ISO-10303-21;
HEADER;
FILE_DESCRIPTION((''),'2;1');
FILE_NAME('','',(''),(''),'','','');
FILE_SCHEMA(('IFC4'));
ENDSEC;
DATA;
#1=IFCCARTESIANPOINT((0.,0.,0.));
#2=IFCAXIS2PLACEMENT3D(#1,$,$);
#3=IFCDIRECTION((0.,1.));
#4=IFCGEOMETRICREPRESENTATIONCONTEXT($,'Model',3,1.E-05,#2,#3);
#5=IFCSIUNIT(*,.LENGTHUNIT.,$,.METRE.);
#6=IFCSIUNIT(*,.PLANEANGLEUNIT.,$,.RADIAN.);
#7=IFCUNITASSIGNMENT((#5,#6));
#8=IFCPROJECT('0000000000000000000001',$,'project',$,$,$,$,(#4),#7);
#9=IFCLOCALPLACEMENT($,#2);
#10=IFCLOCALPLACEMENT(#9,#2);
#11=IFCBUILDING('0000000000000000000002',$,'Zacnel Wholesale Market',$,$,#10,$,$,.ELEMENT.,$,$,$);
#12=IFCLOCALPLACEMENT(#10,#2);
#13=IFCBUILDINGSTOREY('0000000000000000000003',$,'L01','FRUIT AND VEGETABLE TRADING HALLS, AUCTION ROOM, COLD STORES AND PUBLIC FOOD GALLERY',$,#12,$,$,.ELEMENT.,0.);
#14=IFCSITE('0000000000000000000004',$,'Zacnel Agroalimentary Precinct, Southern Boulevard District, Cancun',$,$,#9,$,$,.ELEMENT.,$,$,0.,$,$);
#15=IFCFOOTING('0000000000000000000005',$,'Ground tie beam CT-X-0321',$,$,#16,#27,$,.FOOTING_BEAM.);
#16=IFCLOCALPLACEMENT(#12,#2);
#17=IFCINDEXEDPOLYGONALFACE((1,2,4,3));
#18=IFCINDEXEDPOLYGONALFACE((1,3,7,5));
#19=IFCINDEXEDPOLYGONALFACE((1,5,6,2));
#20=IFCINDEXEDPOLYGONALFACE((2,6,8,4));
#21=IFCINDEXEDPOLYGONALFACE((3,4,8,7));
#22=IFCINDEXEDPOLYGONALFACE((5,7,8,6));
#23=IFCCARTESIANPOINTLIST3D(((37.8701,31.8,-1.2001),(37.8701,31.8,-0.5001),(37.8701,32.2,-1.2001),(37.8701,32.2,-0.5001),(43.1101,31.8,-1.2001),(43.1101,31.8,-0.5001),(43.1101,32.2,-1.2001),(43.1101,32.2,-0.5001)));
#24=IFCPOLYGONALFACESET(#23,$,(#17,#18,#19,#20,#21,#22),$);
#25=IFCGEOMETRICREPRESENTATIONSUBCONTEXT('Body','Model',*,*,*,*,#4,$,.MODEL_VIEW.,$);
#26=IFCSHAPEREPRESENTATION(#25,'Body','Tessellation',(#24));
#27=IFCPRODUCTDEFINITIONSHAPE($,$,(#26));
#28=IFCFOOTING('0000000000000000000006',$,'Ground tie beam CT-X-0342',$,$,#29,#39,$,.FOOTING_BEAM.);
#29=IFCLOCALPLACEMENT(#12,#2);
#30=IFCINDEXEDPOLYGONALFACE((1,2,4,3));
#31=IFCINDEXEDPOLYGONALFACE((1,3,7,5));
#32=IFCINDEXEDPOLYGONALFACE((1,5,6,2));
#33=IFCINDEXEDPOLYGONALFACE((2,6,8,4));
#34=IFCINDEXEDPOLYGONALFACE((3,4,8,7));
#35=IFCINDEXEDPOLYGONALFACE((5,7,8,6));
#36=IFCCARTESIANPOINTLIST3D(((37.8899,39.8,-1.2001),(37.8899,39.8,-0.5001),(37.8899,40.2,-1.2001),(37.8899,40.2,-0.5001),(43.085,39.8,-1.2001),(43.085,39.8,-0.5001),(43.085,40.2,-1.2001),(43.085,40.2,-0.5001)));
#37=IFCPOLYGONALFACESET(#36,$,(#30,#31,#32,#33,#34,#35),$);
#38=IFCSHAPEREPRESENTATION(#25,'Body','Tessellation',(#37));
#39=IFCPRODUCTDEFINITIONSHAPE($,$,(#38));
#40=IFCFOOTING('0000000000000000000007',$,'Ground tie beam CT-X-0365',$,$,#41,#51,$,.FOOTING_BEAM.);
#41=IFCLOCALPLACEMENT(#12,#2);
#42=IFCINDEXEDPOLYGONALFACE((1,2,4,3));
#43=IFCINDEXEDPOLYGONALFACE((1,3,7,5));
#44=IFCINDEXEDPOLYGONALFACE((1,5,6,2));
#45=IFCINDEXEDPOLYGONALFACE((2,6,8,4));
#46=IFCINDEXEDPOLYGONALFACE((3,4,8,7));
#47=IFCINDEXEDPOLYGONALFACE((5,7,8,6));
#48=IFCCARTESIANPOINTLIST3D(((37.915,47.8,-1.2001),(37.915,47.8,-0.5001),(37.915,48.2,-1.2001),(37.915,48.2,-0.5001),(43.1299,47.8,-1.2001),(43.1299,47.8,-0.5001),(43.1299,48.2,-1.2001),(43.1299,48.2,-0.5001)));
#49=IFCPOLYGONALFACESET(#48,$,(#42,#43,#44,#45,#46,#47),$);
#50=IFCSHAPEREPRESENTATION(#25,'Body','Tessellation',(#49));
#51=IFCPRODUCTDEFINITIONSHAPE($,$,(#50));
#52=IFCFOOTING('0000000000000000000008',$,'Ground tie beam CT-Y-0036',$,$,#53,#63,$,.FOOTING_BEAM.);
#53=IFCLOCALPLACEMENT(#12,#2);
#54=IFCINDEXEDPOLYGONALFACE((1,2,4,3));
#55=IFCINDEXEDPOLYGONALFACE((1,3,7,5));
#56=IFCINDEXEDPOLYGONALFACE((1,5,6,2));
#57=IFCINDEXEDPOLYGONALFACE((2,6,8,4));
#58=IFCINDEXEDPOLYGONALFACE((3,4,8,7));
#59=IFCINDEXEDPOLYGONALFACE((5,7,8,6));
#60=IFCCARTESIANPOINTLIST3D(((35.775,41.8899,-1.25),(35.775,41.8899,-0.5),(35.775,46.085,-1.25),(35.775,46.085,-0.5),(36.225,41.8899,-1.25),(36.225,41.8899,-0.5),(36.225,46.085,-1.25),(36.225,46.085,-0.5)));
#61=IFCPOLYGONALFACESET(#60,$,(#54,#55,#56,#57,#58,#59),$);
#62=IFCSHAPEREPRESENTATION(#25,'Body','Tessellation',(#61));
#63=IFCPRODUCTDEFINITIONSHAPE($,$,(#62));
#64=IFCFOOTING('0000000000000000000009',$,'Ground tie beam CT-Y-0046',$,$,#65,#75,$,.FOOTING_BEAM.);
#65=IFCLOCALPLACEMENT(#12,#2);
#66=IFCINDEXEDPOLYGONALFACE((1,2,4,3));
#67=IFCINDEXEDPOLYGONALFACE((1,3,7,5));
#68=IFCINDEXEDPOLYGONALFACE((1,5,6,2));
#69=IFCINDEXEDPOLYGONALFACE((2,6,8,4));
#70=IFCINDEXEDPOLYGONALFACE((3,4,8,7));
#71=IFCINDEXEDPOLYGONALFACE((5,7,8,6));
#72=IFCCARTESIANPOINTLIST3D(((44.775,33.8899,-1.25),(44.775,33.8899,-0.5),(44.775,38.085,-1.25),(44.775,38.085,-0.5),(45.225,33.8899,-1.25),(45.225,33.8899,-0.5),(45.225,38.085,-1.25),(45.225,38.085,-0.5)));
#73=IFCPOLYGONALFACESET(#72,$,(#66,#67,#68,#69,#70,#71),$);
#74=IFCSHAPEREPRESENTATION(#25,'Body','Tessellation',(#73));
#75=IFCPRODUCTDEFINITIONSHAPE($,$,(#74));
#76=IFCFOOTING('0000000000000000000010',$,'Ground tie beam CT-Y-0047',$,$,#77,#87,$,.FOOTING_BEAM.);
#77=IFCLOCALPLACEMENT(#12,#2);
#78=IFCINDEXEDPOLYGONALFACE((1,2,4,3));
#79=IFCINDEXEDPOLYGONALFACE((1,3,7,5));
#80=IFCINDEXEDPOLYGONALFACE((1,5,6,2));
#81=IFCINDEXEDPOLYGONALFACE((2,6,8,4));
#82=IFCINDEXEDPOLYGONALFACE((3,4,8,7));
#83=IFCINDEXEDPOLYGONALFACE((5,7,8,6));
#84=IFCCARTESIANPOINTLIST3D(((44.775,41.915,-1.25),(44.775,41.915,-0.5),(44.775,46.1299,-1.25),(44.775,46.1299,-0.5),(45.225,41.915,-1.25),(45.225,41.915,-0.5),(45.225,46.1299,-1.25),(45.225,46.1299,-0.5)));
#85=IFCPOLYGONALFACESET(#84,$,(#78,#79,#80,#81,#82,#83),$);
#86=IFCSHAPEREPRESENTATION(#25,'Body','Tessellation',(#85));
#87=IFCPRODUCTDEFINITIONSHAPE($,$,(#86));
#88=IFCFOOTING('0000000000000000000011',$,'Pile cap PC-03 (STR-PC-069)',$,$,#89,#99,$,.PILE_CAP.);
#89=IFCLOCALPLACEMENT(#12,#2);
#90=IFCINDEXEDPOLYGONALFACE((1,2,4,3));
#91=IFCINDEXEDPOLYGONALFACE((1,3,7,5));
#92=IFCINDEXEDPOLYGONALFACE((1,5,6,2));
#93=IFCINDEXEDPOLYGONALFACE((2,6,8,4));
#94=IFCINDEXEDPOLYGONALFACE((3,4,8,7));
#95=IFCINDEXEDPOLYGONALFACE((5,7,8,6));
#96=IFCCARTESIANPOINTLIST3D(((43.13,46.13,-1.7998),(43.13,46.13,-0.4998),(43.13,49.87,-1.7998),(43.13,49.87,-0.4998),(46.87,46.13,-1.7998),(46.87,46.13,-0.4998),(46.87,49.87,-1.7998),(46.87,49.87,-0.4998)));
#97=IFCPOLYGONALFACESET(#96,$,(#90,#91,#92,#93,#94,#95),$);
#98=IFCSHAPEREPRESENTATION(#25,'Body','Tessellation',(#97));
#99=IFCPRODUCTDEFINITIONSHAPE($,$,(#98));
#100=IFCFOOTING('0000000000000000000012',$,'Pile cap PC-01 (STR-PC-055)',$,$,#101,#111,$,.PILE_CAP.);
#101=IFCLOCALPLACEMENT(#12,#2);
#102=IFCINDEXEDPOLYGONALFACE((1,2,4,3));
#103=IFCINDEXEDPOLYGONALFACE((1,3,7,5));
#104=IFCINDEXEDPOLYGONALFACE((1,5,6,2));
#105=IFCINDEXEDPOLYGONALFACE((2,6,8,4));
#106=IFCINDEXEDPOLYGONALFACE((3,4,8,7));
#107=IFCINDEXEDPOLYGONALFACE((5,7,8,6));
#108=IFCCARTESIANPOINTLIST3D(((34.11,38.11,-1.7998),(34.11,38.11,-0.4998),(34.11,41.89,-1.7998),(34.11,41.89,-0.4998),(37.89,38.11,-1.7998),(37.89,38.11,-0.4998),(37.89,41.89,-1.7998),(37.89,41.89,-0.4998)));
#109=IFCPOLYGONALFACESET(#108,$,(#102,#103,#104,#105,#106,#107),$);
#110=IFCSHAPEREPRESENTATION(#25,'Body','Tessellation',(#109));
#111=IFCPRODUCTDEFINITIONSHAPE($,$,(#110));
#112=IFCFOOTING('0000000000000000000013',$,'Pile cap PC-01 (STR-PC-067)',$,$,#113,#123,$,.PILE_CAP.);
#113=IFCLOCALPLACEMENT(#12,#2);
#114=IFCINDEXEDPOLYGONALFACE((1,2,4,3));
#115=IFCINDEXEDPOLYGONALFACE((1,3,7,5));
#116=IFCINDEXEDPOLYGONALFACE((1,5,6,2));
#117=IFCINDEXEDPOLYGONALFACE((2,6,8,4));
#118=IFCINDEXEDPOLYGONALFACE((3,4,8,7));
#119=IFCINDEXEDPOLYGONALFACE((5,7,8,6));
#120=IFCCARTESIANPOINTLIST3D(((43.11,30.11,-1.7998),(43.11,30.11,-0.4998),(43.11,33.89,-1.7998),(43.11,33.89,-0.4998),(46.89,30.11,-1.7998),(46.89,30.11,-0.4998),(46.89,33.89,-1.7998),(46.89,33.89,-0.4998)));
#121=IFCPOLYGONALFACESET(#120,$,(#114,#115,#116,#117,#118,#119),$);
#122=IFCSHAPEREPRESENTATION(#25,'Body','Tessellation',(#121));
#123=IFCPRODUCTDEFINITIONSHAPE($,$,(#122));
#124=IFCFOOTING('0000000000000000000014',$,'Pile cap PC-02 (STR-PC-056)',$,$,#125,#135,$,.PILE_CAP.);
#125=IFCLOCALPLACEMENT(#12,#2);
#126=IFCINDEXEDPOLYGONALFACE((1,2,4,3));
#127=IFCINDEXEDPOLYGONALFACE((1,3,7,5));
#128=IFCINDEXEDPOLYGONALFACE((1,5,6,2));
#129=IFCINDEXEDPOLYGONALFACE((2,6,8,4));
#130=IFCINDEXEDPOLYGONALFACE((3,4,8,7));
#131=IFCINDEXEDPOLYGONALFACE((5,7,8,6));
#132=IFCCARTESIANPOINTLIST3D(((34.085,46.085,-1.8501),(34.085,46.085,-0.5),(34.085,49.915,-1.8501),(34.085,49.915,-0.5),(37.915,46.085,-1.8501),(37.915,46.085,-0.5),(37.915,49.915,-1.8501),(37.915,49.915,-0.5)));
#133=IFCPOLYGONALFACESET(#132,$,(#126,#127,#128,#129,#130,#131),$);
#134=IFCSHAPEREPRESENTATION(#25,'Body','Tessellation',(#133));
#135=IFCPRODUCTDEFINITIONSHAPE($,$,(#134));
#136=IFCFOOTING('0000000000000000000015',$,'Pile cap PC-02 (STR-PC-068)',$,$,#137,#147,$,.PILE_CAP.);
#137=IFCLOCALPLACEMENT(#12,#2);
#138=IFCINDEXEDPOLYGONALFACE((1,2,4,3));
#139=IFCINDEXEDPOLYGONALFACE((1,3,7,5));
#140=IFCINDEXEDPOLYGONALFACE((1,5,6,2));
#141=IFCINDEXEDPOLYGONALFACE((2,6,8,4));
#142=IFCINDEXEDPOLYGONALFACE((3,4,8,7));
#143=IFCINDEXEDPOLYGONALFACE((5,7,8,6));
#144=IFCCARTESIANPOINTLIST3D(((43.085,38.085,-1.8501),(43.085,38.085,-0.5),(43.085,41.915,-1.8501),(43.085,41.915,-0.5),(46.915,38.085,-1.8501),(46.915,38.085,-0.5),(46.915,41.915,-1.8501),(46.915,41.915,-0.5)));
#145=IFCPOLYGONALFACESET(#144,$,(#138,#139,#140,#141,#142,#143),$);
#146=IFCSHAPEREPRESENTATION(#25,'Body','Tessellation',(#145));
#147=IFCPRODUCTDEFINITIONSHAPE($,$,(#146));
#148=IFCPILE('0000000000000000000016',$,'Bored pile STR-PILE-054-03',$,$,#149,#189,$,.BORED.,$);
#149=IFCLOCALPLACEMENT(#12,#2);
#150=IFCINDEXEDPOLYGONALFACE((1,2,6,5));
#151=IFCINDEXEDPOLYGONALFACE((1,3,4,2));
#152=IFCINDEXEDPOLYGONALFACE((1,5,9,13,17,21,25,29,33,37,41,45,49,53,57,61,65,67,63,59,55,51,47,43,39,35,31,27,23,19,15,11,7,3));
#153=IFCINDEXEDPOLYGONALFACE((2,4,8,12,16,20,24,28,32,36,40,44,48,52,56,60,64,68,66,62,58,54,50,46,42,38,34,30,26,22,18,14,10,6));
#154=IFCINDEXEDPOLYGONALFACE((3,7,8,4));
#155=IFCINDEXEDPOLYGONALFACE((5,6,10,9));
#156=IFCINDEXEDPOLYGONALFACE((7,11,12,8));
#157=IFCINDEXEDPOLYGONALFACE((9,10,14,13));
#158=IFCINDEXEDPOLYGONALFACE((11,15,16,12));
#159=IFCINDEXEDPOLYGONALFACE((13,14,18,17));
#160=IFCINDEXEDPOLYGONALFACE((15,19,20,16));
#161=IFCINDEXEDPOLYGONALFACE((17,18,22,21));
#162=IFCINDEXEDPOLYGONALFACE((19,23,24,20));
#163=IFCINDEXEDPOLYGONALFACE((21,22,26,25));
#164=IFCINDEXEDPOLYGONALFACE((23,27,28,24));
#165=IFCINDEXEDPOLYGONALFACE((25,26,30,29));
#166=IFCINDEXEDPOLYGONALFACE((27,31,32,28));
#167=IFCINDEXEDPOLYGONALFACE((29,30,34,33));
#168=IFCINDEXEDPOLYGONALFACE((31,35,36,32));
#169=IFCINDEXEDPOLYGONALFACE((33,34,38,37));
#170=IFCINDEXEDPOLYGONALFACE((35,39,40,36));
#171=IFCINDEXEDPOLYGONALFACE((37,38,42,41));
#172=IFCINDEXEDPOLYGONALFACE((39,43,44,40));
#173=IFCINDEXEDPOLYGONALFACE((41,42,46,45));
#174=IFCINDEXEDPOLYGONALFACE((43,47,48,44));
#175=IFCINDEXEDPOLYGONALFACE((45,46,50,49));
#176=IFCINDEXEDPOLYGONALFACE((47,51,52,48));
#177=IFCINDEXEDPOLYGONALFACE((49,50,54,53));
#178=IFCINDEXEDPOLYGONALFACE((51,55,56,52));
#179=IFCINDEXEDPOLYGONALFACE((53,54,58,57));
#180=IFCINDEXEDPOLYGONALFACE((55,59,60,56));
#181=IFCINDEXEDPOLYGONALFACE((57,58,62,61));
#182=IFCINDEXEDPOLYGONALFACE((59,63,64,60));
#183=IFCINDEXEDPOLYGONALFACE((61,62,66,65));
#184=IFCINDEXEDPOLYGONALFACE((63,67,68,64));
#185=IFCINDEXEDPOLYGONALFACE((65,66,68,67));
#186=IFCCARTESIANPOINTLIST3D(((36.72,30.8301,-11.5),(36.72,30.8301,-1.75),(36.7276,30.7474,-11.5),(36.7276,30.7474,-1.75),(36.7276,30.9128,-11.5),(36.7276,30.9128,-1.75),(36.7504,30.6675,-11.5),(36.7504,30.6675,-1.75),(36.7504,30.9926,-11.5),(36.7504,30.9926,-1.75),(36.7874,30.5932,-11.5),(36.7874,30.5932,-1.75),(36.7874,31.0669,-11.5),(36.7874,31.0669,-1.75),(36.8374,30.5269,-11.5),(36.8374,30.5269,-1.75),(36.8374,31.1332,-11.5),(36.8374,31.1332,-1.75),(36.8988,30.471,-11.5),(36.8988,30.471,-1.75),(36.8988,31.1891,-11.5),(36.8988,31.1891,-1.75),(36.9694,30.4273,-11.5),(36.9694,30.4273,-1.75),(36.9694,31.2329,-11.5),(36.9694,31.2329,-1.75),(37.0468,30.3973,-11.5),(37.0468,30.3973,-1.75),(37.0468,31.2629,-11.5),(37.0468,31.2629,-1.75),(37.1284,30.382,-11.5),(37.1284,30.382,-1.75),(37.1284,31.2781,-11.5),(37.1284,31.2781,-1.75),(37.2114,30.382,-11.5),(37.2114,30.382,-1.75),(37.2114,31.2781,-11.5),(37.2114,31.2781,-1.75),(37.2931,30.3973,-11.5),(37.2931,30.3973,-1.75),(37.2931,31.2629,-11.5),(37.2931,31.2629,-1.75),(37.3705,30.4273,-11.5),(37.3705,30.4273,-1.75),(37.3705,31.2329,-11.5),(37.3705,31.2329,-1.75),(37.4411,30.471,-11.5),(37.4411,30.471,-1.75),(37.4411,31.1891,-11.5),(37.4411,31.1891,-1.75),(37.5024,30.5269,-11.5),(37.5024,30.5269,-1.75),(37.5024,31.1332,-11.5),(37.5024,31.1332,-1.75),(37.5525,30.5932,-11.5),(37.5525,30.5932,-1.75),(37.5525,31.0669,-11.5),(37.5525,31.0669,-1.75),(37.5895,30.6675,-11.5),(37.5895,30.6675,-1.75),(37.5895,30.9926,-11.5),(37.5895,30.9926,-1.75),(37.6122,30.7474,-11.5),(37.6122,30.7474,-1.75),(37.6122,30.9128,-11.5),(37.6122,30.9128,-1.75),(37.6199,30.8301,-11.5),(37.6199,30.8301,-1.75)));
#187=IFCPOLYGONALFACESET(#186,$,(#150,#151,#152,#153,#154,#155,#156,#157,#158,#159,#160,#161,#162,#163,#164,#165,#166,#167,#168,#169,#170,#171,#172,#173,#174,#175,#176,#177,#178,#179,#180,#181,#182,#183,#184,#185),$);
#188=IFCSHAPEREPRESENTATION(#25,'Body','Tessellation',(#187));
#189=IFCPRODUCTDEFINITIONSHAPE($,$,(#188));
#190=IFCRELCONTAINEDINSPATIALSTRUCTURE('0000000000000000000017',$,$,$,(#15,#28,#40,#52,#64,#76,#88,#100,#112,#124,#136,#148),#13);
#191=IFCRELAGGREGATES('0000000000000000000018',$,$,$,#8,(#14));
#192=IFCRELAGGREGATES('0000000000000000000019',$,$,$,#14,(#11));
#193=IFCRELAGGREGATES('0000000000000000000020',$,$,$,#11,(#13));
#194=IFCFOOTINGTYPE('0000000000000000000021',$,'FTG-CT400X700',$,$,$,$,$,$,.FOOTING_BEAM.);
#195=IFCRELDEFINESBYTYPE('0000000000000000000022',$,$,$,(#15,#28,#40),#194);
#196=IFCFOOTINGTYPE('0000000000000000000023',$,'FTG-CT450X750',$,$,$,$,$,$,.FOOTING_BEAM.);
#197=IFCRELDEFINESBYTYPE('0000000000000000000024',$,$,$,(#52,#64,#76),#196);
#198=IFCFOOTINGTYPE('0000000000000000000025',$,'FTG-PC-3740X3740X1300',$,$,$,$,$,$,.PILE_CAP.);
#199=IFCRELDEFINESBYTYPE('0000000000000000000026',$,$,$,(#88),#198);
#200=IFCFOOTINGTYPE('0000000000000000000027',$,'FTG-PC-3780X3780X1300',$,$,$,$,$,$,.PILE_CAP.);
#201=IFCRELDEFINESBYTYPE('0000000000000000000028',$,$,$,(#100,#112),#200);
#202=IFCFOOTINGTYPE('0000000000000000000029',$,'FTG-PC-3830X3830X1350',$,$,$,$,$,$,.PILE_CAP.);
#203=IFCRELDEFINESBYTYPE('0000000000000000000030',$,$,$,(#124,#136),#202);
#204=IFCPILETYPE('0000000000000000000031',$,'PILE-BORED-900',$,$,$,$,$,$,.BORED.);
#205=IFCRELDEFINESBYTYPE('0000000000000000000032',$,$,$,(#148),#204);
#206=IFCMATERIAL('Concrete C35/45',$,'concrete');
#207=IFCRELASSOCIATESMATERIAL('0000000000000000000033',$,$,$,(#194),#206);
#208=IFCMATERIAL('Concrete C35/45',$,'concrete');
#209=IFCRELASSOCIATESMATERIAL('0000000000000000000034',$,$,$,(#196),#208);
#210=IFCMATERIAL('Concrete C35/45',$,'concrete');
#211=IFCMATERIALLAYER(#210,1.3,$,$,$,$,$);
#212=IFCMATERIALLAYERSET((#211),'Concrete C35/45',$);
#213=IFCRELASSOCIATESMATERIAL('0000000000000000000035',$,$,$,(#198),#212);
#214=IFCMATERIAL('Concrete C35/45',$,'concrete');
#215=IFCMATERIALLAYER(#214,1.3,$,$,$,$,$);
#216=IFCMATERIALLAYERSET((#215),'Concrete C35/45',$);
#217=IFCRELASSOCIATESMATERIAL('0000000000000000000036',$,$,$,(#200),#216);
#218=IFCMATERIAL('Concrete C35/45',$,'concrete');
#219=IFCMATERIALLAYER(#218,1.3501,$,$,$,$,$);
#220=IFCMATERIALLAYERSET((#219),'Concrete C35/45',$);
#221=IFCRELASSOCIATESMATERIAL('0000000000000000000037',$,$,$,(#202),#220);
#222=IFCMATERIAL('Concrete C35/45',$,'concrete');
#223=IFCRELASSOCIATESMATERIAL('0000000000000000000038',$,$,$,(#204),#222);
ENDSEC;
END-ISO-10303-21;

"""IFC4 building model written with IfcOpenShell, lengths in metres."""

from ifc_helpers import new_model, si_unit, direction, frame, origin, origin_2d, place, context, subcontext, project, spatial, rectangle, circle, extrude, material, layer, layer_set, material_profile, profile_set, type_object, element, save


model = new_model("IFC4")

# Units and contexts
model_context = context("Model", 3, precision=1e-05, world=origin(), true_north=direction((0.0, 1.0)))
body_context = subcontext(model_context, "Body", "Model", "MODEL_VIEW")
ifc_project = project(units=[si_unit("LENGTHUNIT", "METRE"), si_unit("PLANEANGLEUNIT", "RADIAN")], contexts=[model_context])

# Site, building, storey
site_placement = place(None, origin())
site = spatial("IfcSite", under=ifc_project, at=site_placement, Name="Zacnel Agroalimentary Precinct, Southern Boulevard District, Cancun", CompositionType="ELEMENT", RefElevation=0.0)
building_placement = place(site_placement, origin())
building = spatial("IfcBuilding", under=site, at=building_placement, Name="Zacnel Wholesale Market", CompositionType="ELEMENT")
storey_placement = place(building_placement, origin())
storey = spatial("IfcBuildingStorey", under=building, at=storey_placement, Name="L01", Description="FRUIT AND VEGETABLE TRADING HALLS, AUCTION ROOM, COLD STORES AND PUBLIC FOOD GALLERY", CompositionType="ELEMENT", Elevation=0.0)

# Footings
ifc_material_1 = material(Name="Concrete C35/45", Category="concrete")
ifc_material_profile_1 = material_profile(ifc_material_1, rectangle(XDim=0.3999, YDim=0.7, at=origin_2d()), Name="CT 400x700")
ifc_profile_set_1 = profile_set([ifc_material_profile_1], Name="Concrete C35/45")
footing_type_1 = type_object("IfcFootingType", Name="FTG-CT400X700", PredefinedType="FOOTING_BEAM", material=ifc_profile_set_1)
footing_1_placement = place(storey_placement, frame((37.8701, 32.0, -0.8501), z_axis=(1.0, 0.0, 0.0), x_axis=(0.0, 1.0, 0.0)))
element("IfcFooting", 1, at=footing_1_placement, inside=storey, type_object=footing_type_1, Name="Ground tie beam CT-X-0321", PredefinedType="FOOTING_BEAM", context=body_context, shape_type="SweptSolid", body=[
    extrude(rectangle(XDim=0.3999, YDim=0.7, at=origin_2d()), origin(), (0.0, 0.0, 1.0), 5.24),
])
footing_2_placement = place(storey_placement, frame((37.8899, 40.0, -0.8501), z_axis=(1.0, 0.0, 0.0), x_axis=(0.0, 1.0, 0.0)))
element("IfcFooting", 2, at=footing_2_placement, inside=storey, type_object=footing_type_1, Name="Ground tie beam CT-X-0342", PredefinedType="FOOTING_BEAM", context=body_context, shape_type="SweptSolid", body=[
    extrude(rectangle(XDim=0.3999, YDim=0.7, at=origin_2d()), origin(), (0.0, 0.0, 1.0), 5.1951),
])
footing_3_placement = place(storey_placement, frame((37.915, 48.0, -0.8501), z_axis=(1.0, 0.0, 0.0), x_axis=(0.0, 1.0, 0.0)))
element("IfcFooting", 3, at=footing_3_placement, inside=storey, type_object=footing_type_1, Name="Ground tie beam CT-X-0365", PredefinedType="FOOTING_BEAM", context=body_context, shape_type="SweptSolid", body=[
    extrude(rectangle(XDim=0.3999, YDim=0.7, at=origin_2d()), origin(), (0.0, 0.0, 1.0), 5.2148),
])
ifc_material_2 = material(Name="Concrete C35/45", Category="concrete")
ifc_material_profile_2 = material_profile(ifc_material_2, rectangle(XDim=0.45, YDim=0.75, at=origin_2d()), Name="CT 450x750")
ifc_profile_set_2 = profile_set([ifc_material_profile_2], Name="Concrete C35/45")
footing_type_2 = type_object("IfcFootingType", Name="FTG-CT450X750", PredefinedType="FOOTING_BEAM", material=ifc_profile_set_2)
for number, where, z_axis, x_axis, name in (
    (4, (36.0, 41.8899, -0.875), (0.0, 1.0, 0.0), (-1.0, 0.0, 0.0), "Ground tie beam CT-Y-0036"),
    (5, (45.0, 33.8899, -0.875), (0.0, 1.0, 0.0), (-1.0, 0.0, 0.0), "Ground tie beam CT-Y-0046"),
):
    element("IfcFooting", number, at=place(storey_placement, frame(where, z_axis=z_axis, x_axis=x_axis)), inside=storey, type_object=footing_type_2, Name=name, PredefinedType="FOOTING_BEAM", context=body_context, shape_type="SweptSolid", body=[
        extrude(rectangle(XDim=0.45, YDim=0.75, at=origin_2d()), origin(), (0.0, 0.0, 1.0), 4.1951),
    ])
footing_4_placement = place(storey_placement, frame((45.0, 41.915, -0.875), z_axis=(0.0, 1.0, 0.0), x_axis=(-1.0, 0.0, 0.0)))
element("IfcFooting", 6, at=footing_4_placement, inside=storey, type_object=footing_type_2, Name="Ground tie beam CT-Y-0047", PredefinedType="FOOTING_BEAM", context=body_context, shape_type="SweptSolid", body=[
    extrude(rectangle(XDim=0.45, YDim=0.75, at=origin_2d()), origin(), (0.0, 0.0, 1.0), 4.2148),
])
ifc_material_3 = material(Name="Concrete C35/45", Category="concrete")
ifc_layer_1 = layer(ifc_material_3, 1.3)
ifc_layer_set_1 = layer_set([ifc_layer_1], Name="Concrete C35/45")
footing_type_3 = type_object("IfcFootingType", Name="FTG-PC-3740X3740X1300", PredefinedType="PILE_CAP", material=ifc_layer_set_1)
footing_5_placement = place(storey_placement, frame((45.0, 48.0, -1.7998), z_axis=(0.0, 0.0, 1.0), x_axis=(1.0, 0.0, 0.0)))
element("IfcFooting", 7, at=footing_5_placement, inside=storey, type_object=footing_type_3, Name="Pile cap PC-03 (STR-PC-069)", PredefinedType="PILE_CAP", context=body_context, shape_type="SweptSolid", body=[
    extrude(rectangle(XDim=3.74, YDim=3.74, at=origin_2d()), origin(), (0.0, 0.0, 1.0), 1.3),
])
ifc_material_4 = material(Name="Concrete C35/45", Category="concrete")
ifc_layer_2 = layer(ifc_material_4, 1.3)
ifc_layer_set_2 = layer_set([ifc_layer_2], Name="Concrete C35/45")
footing_type_4 = type_object("IfcFootingType", Name="FTG-PC-3780X3780X1300", PredefinedType="PILE_CAP", material=ifc_layer_set_2)
for number, where, z_axis, x_axis, name in (
    (8, (36.0, 40.0, -1.7998), (0.0, 0.0, 1.0), (1.0, 0.0, 0.0), "Pile cap PC-01 (STR-PC-055)"),
    (9, (45.0, 32.0, -1.7998), (0.0, 0.0, 1.0), (1.0, 0.0, 0.0), "Pile cap PC-01 (STR-PC-067)"),
):
    element("IfcFooting", number, at=place(storey_placement, frame(where, z_axis=z_axis, x_axis=x_axis)), inside=storey, type_object=footing_type_4, Name=name, PredefinedType="PILE_CAP", context=body_context, shape_type="SweptSolid", body=[
        extrude(rectangle(XDim=3.78, YDim=3.78, at=origin_2d()), origin(), (0.0, 0.0, 1.0), 1.3),
    ])
ifc_material_5 = material(Name="Concrete C35/45", Category="concrete")
ifc_layer_3 = layer(ifc_material_5, 1.3501)
ifc_layer_set_3 = layer_set([ifc_layer_3], Name="Concrete C35/45")
footing_type_5 = type_object("IfcFootingType", Name="FTG-PC-3830X3830X1350", PredefinedType="PILE_CAP", material=ifc_layer_set_3)
for number, where, z_axis, x_axis, name in (
    (10, (36.0, 48.0, -1.8501), (0.0, 0.0, 1.0), (1.0, 0.0, 0.0), "Pile cap PC-02 (STR-PC-056)"),
    (11, (45.0, 40.0, -1.8501), (0.0, 0.0, 1.0), (1.0, 0.0, 0.0), "Pile cap PC-02 (STR-PC-068)"),
):
    element("IfcFooting", number, at=place(storey_placement, frame(where, z_axis=z_axis, x_axis=x_axis)), inside=storey, type_object=footing_type_5, Name=name, PredefinedType="PILE_CAP", context=body_context, shape_type="SweptSolid", body=[
        extrude(rectangle(XDim=3.8301, YDim=3.8301, at=origin_2d()), origin(), (0.0, 0.0, 1.0), 1.3501),
    ])

# Pile
ifc_material_6 = material(Name="Concrete C35/45", Category="concrete")
ifc_material_profile_3 = material_profile(ifc_material_6, circle(Radius=0.45, at=origin_2d()), Name="BORED PILE D900")
ifc_profile_set_3 = profile_set([ifc_material_profile_3], Name="Concrete C35/45")
pile_type = type_object("IfcPileType", Name="PILE-BORED-900", PredefinedType="BORED", material=ifc_profile_set_3)
for number, where, z_axis, x_axis, name in (
    (12, (37.1699, 30.8301, -1.75), (0.0, 0.0, -1.0), (1.0, 0.0, 0.0), "Bored pile STR-PILE-054-03"),
):
    element("IfcPile", number, at=place(storey_placement, frame(where, z_axis=z_axis, x_axis=x_axis)), inside=storey, type_object=pile_type, Name=name, PredefinedType="BORED", context=body_context, shape_type="SweptSolid", body=[
        extrude(circle(Radius=0.45, at=origin_2d()), origin(), (0.0, 0.0, 1.0), 9.75),
    ])

save(model, "model.ifc")
